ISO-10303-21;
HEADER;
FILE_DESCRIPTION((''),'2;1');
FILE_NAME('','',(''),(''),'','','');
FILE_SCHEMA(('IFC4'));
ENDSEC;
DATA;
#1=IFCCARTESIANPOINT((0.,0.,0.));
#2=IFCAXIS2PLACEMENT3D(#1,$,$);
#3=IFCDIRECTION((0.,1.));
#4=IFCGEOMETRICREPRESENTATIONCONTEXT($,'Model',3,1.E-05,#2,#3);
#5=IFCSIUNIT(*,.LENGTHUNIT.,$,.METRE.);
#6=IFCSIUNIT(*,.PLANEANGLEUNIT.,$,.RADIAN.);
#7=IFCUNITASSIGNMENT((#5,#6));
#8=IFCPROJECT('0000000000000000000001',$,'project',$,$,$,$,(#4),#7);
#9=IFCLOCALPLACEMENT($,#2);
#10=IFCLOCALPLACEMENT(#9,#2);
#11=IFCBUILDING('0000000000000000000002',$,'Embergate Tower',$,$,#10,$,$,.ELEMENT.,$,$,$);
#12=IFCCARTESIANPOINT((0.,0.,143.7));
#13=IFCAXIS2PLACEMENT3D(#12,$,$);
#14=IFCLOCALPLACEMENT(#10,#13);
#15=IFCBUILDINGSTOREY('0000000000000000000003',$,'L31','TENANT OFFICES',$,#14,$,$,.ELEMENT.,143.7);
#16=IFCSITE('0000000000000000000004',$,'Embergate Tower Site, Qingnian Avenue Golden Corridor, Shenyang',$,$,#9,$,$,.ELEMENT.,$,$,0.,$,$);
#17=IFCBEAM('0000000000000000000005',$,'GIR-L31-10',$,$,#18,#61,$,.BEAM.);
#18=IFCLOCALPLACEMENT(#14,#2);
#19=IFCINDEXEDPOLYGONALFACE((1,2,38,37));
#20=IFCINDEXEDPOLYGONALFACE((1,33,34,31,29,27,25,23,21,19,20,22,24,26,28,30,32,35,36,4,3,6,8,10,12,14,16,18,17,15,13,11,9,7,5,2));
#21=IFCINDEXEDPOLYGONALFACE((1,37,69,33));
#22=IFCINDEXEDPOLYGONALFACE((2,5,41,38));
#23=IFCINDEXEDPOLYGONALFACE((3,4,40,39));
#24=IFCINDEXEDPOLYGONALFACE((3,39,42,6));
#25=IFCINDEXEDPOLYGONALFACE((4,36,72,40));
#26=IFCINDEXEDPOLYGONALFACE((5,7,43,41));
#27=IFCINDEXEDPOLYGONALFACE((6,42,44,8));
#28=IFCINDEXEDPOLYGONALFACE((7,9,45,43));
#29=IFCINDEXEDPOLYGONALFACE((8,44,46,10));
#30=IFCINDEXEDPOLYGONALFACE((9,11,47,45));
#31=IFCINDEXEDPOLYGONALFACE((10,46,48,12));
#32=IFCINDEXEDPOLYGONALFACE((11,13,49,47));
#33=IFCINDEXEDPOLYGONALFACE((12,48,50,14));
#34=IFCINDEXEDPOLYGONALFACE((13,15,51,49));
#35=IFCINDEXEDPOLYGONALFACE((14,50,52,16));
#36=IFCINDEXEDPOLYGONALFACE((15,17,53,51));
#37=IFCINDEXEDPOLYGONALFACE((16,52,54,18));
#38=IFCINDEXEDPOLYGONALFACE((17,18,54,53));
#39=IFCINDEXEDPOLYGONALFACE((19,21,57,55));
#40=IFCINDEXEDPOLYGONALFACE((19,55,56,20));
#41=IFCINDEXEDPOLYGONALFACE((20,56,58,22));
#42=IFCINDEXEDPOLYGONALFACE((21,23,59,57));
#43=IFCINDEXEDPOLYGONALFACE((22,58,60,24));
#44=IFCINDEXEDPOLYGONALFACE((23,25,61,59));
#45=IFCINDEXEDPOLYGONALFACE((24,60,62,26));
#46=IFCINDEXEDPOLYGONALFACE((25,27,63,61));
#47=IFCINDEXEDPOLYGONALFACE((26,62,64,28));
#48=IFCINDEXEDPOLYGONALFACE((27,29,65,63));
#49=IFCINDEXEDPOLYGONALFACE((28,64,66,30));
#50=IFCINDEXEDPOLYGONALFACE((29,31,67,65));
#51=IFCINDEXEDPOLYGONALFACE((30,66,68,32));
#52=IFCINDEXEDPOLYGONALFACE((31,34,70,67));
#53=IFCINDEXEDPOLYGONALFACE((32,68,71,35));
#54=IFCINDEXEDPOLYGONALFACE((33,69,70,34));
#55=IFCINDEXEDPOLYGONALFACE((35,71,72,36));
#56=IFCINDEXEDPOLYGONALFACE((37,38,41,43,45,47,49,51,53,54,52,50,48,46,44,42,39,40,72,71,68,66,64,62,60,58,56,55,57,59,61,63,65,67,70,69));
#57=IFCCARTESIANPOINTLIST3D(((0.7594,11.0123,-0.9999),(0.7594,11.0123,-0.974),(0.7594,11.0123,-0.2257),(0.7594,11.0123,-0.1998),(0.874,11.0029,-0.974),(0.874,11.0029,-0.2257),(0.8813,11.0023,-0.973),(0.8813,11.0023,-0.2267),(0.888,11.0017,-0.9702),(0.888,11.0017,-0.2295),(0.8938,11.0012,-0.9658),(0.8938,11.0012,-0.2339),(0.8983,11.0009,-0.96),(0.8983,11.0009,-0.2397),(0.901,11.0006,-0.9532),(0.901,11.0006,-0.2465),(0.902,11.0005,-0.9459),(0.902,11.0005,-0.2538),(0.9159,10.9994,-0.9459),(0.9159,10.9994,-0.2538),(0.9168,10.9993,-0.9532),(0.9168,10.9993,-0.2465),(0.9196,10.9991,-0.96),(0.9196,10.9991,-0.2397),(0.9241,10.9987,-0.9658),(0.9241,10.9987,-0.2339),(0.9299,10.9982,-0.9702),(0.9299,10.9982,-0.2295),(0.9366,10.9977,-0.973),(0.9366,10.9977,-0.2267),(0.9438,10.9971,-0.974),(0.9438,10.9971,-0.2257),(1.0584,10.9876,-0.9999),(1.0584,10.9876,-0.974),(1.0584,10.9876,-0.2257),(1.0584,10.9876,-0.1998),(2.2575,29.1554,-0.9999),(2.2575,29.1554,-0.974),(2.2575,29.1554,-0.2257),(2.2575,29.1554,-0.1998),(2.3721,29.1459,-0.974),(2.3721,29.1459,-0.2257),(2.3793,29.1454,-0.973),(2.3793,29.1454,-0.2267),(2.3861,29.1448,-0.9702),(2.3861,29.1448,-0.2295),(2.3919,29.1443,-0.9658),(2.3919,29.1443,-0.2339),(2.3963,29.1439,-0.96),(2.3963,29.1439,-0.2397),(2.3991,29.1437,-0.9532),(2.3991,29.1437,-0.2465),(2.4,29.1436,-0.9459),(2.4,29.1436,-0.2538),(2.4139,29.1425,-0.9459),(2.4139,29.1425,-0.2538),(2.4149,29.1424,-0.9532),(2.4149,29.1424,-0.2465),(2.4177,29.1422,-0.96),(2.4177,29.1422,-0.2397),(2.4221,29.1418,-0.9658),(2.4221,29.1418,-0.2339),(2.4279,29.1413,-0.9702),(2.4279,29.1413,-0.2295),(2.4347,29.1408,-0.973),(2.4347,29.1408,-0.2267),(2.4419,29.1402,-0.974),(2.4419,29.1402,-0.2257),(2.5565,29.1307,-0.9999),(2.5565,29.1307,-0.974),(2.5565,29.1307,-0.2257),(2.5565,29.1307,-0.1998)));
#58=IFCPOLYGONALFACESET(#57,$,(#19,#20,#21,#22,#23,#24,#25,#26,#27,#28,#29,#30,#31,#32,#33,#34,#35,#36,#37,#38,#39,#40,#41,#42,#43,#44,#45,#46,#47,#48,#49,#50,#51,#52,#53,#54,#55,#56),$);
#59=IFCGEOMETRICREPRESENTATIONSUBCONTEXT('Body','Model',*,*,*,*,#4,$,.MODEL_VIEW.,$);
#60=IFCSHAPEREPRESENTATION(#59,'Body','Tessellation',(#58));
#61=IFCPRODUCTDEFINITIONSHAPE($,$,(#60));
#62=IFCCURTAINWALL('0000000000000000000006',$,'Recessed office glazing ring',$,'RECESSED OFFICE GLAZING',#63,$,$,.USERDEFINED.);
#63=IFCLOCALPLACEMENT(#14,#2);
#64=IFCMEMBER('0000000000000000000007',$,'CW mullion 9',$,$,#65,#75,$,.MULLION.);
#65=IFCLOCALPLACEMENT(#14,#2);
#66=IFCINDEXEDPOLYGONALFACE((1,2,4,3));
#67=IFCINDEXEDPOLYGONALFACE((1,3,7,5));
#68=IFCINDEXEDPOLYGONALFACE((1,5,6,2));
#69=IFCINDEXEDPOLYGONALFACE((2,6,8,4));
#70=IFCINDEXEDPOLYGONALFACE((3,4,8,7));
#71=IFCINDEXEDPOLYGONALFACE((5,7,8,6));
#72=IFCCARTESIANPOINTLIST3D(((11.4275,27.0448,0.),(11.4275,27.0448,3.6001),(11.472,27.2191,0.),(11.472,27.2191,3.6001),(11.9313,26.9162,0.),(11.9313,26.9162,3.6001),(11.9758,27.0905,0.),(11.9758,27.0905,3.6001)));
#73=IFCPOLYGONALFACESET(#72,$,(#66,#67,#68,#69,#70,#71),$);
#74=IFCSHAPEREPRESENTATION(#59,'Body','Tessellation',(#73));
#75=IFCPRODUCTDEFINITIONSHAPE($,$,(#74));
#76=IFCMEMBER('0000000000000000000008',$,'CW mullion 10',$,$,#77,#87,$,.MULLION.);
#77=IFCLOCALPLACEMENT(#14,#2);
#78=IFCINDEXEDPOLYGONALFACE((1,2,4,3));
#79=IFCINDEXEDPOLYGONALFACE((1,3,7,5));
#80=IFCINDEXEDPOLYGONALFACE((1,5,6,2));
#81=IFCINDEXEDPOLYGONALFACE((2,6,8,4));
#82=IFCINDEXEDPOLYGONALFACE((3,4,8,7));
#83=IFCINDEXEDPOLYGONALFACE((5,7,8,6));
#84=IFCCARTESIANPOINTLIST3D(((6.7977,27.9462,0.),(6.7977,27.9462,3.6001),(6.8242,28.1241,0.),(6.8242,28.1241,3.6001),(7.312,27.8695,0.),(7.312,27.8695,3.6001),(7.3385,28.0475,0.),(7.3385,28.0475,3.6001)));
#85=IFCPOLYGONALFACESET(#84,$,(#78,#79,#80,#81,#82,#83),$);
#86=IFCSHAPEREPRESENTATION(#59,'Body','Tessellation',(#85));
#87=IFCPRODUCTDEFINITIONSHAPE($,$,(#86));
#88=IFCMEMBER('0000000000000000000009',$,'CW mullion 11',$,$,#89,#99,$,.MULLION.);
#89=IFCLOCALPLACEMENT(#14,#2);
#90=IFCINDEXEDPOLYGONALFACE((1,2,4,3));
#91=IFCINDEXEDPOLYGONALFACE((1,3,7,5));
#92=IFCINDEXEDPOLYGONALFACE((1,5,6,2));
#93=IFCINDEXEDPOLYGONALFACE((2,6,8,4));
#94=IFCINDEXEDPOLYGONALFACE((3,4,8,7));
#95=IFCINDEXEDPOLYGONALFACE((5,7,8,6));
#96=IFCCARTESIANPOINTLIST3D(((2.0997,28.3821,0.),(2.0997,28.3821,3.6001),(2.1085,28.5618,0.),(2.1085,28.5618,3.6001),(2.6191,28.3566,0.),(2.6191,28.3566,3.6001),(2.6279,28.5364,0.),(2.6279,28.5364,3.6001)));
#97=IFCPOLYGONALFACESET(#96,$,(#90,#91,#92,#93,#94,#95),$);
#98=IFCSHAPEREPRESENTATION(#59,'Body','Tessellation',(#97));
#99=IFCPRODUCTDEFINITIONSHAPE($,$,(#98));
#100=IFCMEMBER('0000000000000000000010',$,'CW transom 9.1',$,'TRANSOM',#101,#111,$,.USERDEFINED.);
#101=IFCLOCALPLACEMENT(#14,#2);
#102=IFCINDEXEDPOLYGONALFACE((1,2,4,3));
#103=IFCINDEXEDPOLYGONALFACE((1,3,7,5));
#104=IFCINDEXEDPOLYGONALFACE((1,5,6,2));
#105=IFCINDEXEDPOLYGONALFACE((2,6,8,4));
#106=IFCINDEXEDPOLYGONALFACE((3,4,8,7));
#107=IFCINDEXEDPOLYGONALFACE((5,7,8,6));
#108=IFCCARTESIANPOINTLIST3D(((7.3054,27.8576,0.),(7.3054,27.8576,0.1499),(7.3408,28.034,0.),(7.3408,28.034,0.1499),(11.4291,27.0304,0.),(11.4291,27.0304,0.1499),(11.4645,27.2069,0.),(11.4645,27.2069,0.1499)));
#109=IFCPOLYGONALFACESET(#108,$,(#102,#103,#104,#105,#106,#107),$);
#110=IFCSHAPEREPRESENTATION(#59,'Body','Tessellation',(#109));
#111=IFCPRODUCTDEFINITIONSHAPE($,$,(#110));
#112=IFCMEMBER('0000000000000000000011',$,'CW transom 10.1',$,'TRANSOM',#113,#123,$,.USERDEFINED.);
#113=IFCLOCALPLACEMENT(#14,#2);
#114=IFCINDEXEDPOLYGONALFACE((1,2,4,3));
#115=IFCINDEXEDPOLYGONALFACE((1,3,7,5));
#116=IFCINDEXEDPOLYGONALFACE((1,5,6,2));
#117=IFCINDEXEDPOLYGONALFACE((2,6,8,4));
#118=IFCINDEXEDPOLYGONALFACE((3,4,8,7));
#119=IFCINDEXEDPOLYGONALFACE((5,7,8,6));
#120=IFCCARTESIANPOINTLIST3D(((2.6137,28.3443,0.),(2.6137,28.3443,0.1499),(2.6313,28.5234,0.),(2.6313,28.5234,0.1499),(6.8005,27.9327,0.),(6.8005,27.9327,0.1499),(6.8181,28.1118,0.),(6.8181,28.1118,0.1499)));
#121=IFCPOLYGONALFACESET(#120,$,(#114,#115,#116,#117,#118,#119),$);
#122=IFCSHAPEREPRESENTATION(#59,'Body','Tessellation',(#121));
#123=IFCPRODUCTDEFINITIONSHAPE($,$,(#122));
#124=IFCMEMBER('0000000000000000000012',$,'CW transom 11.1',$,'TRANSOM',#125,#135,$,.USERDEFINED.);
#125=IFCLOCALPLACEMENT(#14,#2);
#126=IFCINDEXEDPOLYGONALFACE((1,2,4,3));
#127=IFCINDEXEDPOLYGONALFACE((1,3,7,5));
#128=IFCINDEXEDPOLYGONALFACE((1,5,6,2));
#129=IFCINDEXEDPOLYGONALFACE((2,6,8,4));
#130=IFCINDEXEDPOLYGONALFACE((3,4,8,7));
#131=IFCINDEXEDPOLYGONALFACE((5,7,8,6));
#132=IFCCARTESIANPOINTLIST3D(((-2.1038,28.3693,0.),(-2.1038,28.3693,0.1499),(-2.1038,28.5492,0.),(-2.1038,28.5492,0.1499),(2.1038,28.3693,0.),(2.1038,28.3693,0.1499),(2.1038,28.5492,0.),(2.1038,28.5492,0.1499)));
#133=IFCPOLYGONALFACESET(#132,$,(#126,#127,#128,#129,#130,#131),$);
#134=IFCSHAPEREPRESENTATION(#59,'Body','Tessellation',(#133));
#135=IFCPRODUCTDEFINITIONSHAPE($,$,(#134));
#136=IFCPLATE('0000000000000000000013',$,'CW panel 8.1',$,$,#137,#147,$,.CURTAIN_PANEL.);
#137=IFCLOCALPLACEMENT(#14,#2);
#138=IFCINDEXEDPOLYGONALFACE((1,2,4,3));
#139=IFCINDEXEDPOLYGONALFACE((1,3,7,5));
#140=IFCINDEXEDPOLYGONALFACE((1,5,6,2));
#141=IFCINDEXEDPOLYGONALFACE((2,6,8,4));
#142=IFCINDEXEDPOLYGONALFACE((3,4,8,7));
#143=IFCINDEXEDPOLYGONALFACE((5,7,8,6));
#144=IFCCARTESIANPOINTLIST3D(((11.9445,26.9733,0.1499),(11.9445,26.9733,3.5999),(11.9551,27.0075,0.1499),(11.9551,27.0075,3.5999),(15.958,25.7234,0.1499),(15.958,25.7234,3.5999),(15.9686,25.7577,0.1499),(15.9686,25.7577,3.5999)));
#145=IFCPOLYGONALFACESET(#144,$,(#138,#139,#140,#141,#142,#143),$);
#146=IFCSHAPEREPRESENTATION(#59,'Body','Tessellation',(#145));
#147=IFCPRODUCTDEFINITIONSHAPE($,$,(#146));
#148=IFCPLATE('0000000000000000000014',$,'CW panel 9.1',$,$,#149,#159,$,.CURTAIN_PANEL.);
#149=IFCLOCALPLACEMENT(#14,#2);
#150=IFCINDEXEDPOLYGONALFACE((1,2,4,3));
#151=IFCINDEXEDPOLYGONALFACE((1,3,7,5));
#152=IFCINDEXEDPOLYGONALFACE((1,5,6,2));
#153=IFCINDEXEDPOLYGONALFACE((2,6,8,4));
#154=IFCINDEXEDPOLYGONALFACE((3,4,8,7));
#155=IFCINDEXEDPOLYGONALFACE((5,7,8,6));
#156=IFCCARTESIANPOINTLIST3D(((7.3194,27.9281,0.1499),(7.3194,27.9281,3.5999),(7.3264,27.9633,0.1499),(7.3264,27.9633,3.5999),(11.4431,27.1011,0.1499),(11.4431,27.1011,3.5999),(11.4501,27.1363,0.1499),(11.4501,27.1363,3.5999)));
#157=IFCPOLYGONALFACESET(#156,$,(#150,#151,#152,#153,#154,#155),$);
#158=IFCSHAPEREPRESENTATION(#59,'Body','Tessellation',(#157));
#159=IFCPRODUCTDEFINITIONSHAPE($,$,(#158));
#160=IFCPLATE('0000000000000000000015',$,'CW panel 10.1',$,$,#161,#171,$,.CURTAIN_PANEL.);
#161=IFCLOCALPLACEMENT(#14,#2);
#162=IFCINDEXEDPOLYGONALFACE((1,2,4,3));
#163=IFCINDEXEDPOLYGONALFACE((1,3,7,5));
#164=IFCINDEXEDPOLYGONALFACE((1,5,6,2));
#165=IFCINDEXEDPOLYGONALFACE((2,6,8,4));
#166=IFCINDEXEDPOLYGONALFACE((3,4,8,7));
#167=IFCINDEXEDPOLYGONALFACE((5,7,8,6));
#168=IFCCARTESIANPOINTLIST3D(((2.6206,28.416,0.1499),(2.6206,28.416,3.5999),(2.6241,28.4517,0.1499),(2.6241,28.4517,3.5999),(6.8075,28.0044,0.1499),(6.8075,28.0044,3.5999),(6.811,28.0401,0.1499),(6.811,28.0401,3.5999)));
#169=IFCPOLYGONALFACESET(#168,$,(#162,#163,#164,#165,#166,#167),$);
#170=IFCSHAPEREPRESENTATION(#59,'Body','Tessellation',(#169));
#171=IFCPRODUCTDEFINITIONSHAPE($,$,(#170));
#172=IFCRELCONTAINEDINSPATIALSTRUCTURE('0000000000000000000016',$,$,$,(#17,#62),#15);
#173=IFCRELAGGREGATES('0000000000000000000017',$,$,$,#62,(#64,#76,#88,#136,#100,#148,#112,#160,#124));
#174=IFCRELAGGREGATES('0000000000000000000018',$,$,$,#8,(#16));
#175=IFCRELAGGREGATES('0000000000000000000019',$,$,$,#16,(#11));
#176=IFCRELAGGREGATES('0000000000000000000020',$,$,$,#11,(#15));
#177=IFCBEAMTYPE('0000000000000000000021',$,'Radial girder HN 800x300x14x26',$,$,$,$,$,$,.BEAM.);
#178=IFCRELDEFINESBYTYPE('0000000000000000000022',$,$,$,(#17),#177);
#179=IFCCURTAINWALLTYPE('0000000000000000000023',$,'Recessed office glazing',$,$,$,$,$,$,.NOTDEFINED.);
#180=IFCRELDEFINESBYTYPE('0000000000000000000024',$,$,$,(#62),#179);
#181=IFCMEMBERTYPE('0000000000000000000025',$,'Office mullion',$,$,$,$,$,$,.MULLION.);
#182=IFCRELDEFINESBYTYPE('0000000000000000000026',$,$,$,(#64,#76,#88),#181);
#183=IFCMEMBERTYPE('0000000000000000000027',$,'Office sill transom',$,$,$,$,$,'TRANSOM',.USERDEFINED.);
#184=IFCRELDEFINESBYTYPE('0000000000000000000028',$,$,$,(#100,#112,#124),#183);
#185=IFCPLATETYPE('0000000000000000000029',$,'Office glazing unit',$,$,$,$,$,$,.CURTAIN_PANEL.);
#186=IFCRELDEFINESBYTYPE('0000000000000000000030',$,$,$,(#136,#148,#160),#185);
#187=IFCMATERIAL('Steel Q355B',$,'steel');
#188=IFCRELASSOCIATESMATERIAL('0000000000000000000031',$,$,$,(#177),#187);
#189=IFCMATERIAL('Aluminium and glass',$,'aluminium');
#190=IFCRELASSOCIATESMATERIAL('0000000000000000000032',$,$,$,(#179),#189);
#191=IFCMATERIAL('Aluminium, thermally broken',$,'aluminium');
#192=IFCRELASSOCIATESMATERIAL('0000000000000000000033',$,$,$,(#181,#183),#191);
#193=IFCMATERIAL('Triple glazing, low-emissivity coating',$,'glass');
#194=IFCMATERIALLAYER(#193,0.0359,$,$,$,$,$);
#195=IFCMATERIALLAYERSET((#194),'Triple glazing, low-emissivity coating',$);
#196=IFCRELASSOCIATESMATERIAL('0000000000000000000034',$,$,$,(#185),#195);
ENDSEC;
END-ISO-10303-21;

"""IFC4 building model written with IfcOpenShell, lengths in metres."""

from ifc_helpers import new_model, si_unit, direction, frame, origin, origin_2d, place, context, subcontext, project, spatial, rectangle, i_section, extrude, source, transform, mapped, material, layer, layer_set, material_profile, profile_set, type_object, element, aggregate, save


model = new_model("IFC4")

# Units and contexts
model_context = context("Model", 3, precision=1e-05, world=origin(), true_north=direction((0.0, 1.0)))
body_context = subcontext(model_context, "Body", "Model", "MODEL_VIEW")
ifc_project = project(units=[si_unit("LENGTHUNIT", "METRE"), si_unit("PLANEANGLEUNIT", "RADIAN")], contexts=[model_context])

# Site, building, storey
site_placement = place(None, origin())
site = spatial("IfcSite", under=ifc_project, at=site_placement, Name="Embergate Tower Site, Qingnian Avenue Golden Corridor, Shenyang", CompositionType="ELEMENT", RefElevation=0.0)
building_placement = place(site_placement, origin())
building = spatial("IfcBuilding", under=site, at=building_placement, Name="Embergate Tower", CompositionType="ELEMENT")
storey_placement = place(building_placement, frame((0.0, 0.0, 143.7)))
storey = spatial("IfcBuildingStorey", under=building, at=storey_placement, Name="L31", Description="TENANT OFFICES", CompositionType="ELEMENT", Elevation=143.7)

# Beam
ifc_material_1 = material(Name="Steel Q355B", Category="steel")
ifc_material_profile_1 = material_profile(ifc_material_1, i_section(OverallWidth=0.3, OverallDepth=0.8, WebThickness=0.0139, FlangeThickness=0.0259, FilletRadius=0.0281, at=origin_2d()), Name="HN 800x300x14x26")
ifc_profile_set_1 = profile_set([ifc_material_profile_1], Name="Steel Q355 grade B")
beam_type_1 = type_object("IfcBeamType", Name="Radial girder HN 800x300x14x26", PredefinedType="BEAM", material=ifc_profile_set_1)
shared_shape_1 = source(origin(), body_context, "Body", "SweptSolid", [
    extrude(i_section(OverallWidth=0.3, OverallDepth=0.8, WebThickness=0.0139, FlangeThickness=0.0259, FilletRadius=0.0281, at=origin_2d()), origin(), (0.0, 0.0, 1.0), 18.2048),
])
beam_1_placement = place(storey_placement, frame((2.407, 29.1431, -0.5999), z_axis=(-0.082289, -0.996609, 0.0), x_axis=(0.996609, -0.082289, 0.0)))
element("IfcBeam", 1, at=beam_1_placement, inside=storey, type_object=beam_type_1, Name="GIR-L31-10", PredefinedType="BEAM", context=body_context, shape_type="MappedRepresentation", body=[
    mapped(shared_shape_1, transform((0.0, 0.0, 0.0))),
])

# Curtain wall, members, plates
ifc_material_2 = material(Name="Aluminium and glass", Category="aluminium")
curtain_wall_type = type_object("IfcCurtainWallType", Name="Recessed office glazing", PredefinedType="NOTDEFINED", material=ifc_material_2)
curtain_wall_placement = place(storey_placement, origin())
curtain_wall = element("IfcCurtainWall", 2, at=curtain_wall_placement, inside=storey, type_object=curtain_wall_type, Name="Recessed office glazing ring", ObjectType="RECESSED OFFICE GLAZING", PredefinedType="USERDEFINED")
ifc_material_3 = material(Name="Aluminium, thermally broken", Category="aluminium")
ifc_material_profile_2 = material_profile(ifc_material_3, rectangle(XDim=0.1799, YDim=0.52, at=origin_2d()), Name="AL 520x180")
ifc_profile_set_2 = profile_set([ifc_material_profile_2], Name="Aluminium, thermally broken")
member_type_1 = type_object("IfcMemberType", Name="Office mullion", PredefinedType="MULLION", material=ifc_profile_set_2)
shared_shape_2 = source(origin(), body_context, "Body", "SweptSolid", [
    extrude(rectangle(XDim=0.1799, YDim=0.52, at=origin_2d()), origin(), (0.0, 0.0, 1.0), 3.6001),
])
member_1_placement = place(storey_placement, frame((11.7017, 27.0676, 0.0), z_axis=(0.0, 0.0, 1.0), x_axis=(-0.247307, -0.968937, 0.0)))
member_1 = element("IfcMember", 3, at=member_1_placement, type_object=member_type_1, Name="CW mullion 9", PredefinedType="MULLION", context=body_context, shape_type="MappedRepresentation", body=[
    mapped(shared_shape_2, transform((0.0, 0.0, 0.0))),
])
member_2_placement = place(storey_placement, frame((7.0681, 27.9968, 0.0), z_axis=(0.0, 0.0, 1.0), x_axis=(-0.147409, -0.989076, 0.0)))
member_2 = element("IfcMember", 4, at=member_2_placement, type_object=member_type_1, Name="CW mullion 10", PredefinedType="MULLION", context=body_context, shape_type="MappedRepresentation", body=[
    mapped(shared_shape_2, transform((0.0, 0.0, 0.0))),
])
member_3_placement = place(storey_placement, frame((2.3638, 28.4592, 0.0), z_axis=(0.0, 0.0, 1.0), x_axis=(-0.04897, -0.9988, 0.0)))
member_3 = element("IfcMember", 5, at=member_3_placement, type_object=member_type_1, Name="CW mullion 11", PredefinedType="MULLION", context=body_context, shape_type="MappedRepresentation", body=[
    mapped(shared_shape_2, transform((0.0, 0.0, 0.0))),
])
ifc_material_profile_3 = material_profile(ifc_material_3, rectangle(XDim=0.1799, YDim=0.1499, at=origin_2d()), Name="AL 150x180")
ifc_profile_set_3 = profile_set([ifc_material_profile_3], Name="Aluminium, thermally broken")
member_type_2 = type_object("IfcMemberType", Name="Office sill transom", ElementType="TRANSOM", PredefinedType="USERDEFINED", material=ifc_profile_set_3)
shared_shape_3 = source(origin(), body_context, "Body", "SweptSolid", [
    extrude(rectangle(XDim=0.1799, YDim=0.1499, at=origin_2d()), origin(), (0.0, 0.0, 1.0), 4.2058),
])
member_4_placement = place(storey_placement, frame((11.4468, 27.1187, 0.075), z_axis=(-0.980471, 0.196663, 0.0), x_axis=(-0.196663, -0.980471, 0.0)))
member_4 = element("IfcMember", 6, at=member_4_placement, type_object=member_type_2, Name="CW transom 9.1", ObjectType="TRANSOM", PredefinedType="USERDEFINED", context=body_context, shape_type="MappedRepresentation", body=[
    mapped(shared_shape_3, transform((0.0, 0.0, 0.0))),
])
shared_shape_4 = source(origin(), body_context, "Body", "SweptSolid", [
    extrude(rectangle(XDim=0.1799, YDim=0.1499, at=origin_2d()), origin(), (0.0, 0.0, 1.0), 4.207),
])
member_5_placement = place(storey_placement, frame((6.8093, 28.0222, 0.075), z_axis=(-0.995202, 0.097843, 0.0), x_axis=(-0.097843, -0.995202, 0.0)))
member_5 = element("IfcMember", 7, at=member_5_placement, type_object=member_type_2, Name="CW transom 10.1", ObjectType="TRANSOM", PredefinedType="USERDEFINED", context=body_context, shape_type="MappedRepresentation", body=[
    mapped(shared_shape_4, transform((0.0, 0.0, 0.0))),
])
shared_shape_5 = source(origin(), body_context, "Body", "SweptSolid", [
    extrude(rectangle(XDim=0.1799, YDim=0.1499, at=origin_2d()), origin(), (0.0, 0.0, 1.0), 4.2075),
])
member_6_placement = place(storey_placement, frame((2.1038, 28.4592, 0.075), z_axis=(-1.0, 0.0, 0.0), x_axis=(0.0, -1.0, 0.0)))
member_6 = element("IfcMember", 8, at=member_6_placement, type_object=member_type_2, Name="CW transom 11.1", ObjectType="TRANSOM", PredefinedType="USERDEFINED", context=body_context, shape_type="MappedRepresentation", body=[
    mapped(shared_shape_5, transform((0.0, 0.0, 0.0))),
])
ifc_material_4 = material(Name="Triple glazing, low-emissivity coating", Category="glass")
ifc_layer_1 = layer(ifc_material_4, 0.0359)
ifc_layer_set_1 = layer_set([ifc_layer_1], Name="Triple glazing, low-emissivity coating")
plate_type = type_object("IfcPlateType", Name="Office glazing unit", PredefinedType="CURTAIN_PANEL", material=ifc_layer_set_1)
shared_shape_6 = source(origin(), body_context, "Body", "SweptSolid", [
    extrude(rectangle(XDim=4.2036, YDim=0.0359, at=origin_2d()), origin(), (0.0, 0.0, 1.0), 3.45),
])
plate_1_placement = place(storey_placement, frame((13.9565, 26.3655, 0.1499), z_axis=(0.0, 0.0, 1.0), x_axis=(-0.954774, 0.297333, 0.0)))
plate_1 = element("IfcPlate", 9, at=plate_1_placement, type_object=plate_type, Name="CW panel 8.1", PredefinedType="CURTAIN_PANEL", context=body_context, shape_type="MappedRepresentation", body=[
    mapped(shared_shape_6, transform((0.0, 0.0, 0.0))),
])
shared_shape_7 = source(origin(), body_context, "Body", "SweptSolid", [
    extrude(rectangle(XDim=4.2058, YDim=0.0359, at=origin_2d()), origin(), (0.0, 0.0, 1.0), 3.45),
])
plate_2_placement = place(storey_placement, frame((9.3848, 27.5322, 0.1499), z_axis=(0.0, 0.0, 1.0), x_axis=(-0.980477, 0.196636, 0.0)))
plate_2 = element("IfcPlate", 10, at=plate_2_placement, type_object=plate_type, Name="CW panel 9.1", PredefinedType="CURTAIN_PANEL", context=body_context, shape_type="MappedRepresentation", body=[
    mapped(shared_shape_7, transform((0.0, 0.0, 0.0))),
])
shared_shape_8 = source(origin(), body_context, "Body", "SweptSolid", [
    extrude(rectangle(XDim=4.207, YDim=0.0359, at=origin_2d()), origin(), (0.0, 0.0, 1.0), 3.45),
])
plate_3_placement = place(storey_placement, frame((4.7158, 28.228, 0.1499), z_axis=(0.0, 0.0, 1.0), x_axis=(-0.995203, 0.097828, 0.0)))
plate_3 = element("IfcPlate", 11, at=plate_3_placement, type_object=plate_type, Name="CW panel 10.1", PredefinedType="CURTAIN_PANEL", context=body_context, shape_type="MappedRepresentation", body=[
    mapped(shared_shape_8, transform((0.0, 0.0, 0.0))),
])
aggregate(curtain_wall, [member_1, member_2, member_3, plate_1, member_4, plate_2, member_5, plate_3, member_6])

save(model, "model.ifc")
